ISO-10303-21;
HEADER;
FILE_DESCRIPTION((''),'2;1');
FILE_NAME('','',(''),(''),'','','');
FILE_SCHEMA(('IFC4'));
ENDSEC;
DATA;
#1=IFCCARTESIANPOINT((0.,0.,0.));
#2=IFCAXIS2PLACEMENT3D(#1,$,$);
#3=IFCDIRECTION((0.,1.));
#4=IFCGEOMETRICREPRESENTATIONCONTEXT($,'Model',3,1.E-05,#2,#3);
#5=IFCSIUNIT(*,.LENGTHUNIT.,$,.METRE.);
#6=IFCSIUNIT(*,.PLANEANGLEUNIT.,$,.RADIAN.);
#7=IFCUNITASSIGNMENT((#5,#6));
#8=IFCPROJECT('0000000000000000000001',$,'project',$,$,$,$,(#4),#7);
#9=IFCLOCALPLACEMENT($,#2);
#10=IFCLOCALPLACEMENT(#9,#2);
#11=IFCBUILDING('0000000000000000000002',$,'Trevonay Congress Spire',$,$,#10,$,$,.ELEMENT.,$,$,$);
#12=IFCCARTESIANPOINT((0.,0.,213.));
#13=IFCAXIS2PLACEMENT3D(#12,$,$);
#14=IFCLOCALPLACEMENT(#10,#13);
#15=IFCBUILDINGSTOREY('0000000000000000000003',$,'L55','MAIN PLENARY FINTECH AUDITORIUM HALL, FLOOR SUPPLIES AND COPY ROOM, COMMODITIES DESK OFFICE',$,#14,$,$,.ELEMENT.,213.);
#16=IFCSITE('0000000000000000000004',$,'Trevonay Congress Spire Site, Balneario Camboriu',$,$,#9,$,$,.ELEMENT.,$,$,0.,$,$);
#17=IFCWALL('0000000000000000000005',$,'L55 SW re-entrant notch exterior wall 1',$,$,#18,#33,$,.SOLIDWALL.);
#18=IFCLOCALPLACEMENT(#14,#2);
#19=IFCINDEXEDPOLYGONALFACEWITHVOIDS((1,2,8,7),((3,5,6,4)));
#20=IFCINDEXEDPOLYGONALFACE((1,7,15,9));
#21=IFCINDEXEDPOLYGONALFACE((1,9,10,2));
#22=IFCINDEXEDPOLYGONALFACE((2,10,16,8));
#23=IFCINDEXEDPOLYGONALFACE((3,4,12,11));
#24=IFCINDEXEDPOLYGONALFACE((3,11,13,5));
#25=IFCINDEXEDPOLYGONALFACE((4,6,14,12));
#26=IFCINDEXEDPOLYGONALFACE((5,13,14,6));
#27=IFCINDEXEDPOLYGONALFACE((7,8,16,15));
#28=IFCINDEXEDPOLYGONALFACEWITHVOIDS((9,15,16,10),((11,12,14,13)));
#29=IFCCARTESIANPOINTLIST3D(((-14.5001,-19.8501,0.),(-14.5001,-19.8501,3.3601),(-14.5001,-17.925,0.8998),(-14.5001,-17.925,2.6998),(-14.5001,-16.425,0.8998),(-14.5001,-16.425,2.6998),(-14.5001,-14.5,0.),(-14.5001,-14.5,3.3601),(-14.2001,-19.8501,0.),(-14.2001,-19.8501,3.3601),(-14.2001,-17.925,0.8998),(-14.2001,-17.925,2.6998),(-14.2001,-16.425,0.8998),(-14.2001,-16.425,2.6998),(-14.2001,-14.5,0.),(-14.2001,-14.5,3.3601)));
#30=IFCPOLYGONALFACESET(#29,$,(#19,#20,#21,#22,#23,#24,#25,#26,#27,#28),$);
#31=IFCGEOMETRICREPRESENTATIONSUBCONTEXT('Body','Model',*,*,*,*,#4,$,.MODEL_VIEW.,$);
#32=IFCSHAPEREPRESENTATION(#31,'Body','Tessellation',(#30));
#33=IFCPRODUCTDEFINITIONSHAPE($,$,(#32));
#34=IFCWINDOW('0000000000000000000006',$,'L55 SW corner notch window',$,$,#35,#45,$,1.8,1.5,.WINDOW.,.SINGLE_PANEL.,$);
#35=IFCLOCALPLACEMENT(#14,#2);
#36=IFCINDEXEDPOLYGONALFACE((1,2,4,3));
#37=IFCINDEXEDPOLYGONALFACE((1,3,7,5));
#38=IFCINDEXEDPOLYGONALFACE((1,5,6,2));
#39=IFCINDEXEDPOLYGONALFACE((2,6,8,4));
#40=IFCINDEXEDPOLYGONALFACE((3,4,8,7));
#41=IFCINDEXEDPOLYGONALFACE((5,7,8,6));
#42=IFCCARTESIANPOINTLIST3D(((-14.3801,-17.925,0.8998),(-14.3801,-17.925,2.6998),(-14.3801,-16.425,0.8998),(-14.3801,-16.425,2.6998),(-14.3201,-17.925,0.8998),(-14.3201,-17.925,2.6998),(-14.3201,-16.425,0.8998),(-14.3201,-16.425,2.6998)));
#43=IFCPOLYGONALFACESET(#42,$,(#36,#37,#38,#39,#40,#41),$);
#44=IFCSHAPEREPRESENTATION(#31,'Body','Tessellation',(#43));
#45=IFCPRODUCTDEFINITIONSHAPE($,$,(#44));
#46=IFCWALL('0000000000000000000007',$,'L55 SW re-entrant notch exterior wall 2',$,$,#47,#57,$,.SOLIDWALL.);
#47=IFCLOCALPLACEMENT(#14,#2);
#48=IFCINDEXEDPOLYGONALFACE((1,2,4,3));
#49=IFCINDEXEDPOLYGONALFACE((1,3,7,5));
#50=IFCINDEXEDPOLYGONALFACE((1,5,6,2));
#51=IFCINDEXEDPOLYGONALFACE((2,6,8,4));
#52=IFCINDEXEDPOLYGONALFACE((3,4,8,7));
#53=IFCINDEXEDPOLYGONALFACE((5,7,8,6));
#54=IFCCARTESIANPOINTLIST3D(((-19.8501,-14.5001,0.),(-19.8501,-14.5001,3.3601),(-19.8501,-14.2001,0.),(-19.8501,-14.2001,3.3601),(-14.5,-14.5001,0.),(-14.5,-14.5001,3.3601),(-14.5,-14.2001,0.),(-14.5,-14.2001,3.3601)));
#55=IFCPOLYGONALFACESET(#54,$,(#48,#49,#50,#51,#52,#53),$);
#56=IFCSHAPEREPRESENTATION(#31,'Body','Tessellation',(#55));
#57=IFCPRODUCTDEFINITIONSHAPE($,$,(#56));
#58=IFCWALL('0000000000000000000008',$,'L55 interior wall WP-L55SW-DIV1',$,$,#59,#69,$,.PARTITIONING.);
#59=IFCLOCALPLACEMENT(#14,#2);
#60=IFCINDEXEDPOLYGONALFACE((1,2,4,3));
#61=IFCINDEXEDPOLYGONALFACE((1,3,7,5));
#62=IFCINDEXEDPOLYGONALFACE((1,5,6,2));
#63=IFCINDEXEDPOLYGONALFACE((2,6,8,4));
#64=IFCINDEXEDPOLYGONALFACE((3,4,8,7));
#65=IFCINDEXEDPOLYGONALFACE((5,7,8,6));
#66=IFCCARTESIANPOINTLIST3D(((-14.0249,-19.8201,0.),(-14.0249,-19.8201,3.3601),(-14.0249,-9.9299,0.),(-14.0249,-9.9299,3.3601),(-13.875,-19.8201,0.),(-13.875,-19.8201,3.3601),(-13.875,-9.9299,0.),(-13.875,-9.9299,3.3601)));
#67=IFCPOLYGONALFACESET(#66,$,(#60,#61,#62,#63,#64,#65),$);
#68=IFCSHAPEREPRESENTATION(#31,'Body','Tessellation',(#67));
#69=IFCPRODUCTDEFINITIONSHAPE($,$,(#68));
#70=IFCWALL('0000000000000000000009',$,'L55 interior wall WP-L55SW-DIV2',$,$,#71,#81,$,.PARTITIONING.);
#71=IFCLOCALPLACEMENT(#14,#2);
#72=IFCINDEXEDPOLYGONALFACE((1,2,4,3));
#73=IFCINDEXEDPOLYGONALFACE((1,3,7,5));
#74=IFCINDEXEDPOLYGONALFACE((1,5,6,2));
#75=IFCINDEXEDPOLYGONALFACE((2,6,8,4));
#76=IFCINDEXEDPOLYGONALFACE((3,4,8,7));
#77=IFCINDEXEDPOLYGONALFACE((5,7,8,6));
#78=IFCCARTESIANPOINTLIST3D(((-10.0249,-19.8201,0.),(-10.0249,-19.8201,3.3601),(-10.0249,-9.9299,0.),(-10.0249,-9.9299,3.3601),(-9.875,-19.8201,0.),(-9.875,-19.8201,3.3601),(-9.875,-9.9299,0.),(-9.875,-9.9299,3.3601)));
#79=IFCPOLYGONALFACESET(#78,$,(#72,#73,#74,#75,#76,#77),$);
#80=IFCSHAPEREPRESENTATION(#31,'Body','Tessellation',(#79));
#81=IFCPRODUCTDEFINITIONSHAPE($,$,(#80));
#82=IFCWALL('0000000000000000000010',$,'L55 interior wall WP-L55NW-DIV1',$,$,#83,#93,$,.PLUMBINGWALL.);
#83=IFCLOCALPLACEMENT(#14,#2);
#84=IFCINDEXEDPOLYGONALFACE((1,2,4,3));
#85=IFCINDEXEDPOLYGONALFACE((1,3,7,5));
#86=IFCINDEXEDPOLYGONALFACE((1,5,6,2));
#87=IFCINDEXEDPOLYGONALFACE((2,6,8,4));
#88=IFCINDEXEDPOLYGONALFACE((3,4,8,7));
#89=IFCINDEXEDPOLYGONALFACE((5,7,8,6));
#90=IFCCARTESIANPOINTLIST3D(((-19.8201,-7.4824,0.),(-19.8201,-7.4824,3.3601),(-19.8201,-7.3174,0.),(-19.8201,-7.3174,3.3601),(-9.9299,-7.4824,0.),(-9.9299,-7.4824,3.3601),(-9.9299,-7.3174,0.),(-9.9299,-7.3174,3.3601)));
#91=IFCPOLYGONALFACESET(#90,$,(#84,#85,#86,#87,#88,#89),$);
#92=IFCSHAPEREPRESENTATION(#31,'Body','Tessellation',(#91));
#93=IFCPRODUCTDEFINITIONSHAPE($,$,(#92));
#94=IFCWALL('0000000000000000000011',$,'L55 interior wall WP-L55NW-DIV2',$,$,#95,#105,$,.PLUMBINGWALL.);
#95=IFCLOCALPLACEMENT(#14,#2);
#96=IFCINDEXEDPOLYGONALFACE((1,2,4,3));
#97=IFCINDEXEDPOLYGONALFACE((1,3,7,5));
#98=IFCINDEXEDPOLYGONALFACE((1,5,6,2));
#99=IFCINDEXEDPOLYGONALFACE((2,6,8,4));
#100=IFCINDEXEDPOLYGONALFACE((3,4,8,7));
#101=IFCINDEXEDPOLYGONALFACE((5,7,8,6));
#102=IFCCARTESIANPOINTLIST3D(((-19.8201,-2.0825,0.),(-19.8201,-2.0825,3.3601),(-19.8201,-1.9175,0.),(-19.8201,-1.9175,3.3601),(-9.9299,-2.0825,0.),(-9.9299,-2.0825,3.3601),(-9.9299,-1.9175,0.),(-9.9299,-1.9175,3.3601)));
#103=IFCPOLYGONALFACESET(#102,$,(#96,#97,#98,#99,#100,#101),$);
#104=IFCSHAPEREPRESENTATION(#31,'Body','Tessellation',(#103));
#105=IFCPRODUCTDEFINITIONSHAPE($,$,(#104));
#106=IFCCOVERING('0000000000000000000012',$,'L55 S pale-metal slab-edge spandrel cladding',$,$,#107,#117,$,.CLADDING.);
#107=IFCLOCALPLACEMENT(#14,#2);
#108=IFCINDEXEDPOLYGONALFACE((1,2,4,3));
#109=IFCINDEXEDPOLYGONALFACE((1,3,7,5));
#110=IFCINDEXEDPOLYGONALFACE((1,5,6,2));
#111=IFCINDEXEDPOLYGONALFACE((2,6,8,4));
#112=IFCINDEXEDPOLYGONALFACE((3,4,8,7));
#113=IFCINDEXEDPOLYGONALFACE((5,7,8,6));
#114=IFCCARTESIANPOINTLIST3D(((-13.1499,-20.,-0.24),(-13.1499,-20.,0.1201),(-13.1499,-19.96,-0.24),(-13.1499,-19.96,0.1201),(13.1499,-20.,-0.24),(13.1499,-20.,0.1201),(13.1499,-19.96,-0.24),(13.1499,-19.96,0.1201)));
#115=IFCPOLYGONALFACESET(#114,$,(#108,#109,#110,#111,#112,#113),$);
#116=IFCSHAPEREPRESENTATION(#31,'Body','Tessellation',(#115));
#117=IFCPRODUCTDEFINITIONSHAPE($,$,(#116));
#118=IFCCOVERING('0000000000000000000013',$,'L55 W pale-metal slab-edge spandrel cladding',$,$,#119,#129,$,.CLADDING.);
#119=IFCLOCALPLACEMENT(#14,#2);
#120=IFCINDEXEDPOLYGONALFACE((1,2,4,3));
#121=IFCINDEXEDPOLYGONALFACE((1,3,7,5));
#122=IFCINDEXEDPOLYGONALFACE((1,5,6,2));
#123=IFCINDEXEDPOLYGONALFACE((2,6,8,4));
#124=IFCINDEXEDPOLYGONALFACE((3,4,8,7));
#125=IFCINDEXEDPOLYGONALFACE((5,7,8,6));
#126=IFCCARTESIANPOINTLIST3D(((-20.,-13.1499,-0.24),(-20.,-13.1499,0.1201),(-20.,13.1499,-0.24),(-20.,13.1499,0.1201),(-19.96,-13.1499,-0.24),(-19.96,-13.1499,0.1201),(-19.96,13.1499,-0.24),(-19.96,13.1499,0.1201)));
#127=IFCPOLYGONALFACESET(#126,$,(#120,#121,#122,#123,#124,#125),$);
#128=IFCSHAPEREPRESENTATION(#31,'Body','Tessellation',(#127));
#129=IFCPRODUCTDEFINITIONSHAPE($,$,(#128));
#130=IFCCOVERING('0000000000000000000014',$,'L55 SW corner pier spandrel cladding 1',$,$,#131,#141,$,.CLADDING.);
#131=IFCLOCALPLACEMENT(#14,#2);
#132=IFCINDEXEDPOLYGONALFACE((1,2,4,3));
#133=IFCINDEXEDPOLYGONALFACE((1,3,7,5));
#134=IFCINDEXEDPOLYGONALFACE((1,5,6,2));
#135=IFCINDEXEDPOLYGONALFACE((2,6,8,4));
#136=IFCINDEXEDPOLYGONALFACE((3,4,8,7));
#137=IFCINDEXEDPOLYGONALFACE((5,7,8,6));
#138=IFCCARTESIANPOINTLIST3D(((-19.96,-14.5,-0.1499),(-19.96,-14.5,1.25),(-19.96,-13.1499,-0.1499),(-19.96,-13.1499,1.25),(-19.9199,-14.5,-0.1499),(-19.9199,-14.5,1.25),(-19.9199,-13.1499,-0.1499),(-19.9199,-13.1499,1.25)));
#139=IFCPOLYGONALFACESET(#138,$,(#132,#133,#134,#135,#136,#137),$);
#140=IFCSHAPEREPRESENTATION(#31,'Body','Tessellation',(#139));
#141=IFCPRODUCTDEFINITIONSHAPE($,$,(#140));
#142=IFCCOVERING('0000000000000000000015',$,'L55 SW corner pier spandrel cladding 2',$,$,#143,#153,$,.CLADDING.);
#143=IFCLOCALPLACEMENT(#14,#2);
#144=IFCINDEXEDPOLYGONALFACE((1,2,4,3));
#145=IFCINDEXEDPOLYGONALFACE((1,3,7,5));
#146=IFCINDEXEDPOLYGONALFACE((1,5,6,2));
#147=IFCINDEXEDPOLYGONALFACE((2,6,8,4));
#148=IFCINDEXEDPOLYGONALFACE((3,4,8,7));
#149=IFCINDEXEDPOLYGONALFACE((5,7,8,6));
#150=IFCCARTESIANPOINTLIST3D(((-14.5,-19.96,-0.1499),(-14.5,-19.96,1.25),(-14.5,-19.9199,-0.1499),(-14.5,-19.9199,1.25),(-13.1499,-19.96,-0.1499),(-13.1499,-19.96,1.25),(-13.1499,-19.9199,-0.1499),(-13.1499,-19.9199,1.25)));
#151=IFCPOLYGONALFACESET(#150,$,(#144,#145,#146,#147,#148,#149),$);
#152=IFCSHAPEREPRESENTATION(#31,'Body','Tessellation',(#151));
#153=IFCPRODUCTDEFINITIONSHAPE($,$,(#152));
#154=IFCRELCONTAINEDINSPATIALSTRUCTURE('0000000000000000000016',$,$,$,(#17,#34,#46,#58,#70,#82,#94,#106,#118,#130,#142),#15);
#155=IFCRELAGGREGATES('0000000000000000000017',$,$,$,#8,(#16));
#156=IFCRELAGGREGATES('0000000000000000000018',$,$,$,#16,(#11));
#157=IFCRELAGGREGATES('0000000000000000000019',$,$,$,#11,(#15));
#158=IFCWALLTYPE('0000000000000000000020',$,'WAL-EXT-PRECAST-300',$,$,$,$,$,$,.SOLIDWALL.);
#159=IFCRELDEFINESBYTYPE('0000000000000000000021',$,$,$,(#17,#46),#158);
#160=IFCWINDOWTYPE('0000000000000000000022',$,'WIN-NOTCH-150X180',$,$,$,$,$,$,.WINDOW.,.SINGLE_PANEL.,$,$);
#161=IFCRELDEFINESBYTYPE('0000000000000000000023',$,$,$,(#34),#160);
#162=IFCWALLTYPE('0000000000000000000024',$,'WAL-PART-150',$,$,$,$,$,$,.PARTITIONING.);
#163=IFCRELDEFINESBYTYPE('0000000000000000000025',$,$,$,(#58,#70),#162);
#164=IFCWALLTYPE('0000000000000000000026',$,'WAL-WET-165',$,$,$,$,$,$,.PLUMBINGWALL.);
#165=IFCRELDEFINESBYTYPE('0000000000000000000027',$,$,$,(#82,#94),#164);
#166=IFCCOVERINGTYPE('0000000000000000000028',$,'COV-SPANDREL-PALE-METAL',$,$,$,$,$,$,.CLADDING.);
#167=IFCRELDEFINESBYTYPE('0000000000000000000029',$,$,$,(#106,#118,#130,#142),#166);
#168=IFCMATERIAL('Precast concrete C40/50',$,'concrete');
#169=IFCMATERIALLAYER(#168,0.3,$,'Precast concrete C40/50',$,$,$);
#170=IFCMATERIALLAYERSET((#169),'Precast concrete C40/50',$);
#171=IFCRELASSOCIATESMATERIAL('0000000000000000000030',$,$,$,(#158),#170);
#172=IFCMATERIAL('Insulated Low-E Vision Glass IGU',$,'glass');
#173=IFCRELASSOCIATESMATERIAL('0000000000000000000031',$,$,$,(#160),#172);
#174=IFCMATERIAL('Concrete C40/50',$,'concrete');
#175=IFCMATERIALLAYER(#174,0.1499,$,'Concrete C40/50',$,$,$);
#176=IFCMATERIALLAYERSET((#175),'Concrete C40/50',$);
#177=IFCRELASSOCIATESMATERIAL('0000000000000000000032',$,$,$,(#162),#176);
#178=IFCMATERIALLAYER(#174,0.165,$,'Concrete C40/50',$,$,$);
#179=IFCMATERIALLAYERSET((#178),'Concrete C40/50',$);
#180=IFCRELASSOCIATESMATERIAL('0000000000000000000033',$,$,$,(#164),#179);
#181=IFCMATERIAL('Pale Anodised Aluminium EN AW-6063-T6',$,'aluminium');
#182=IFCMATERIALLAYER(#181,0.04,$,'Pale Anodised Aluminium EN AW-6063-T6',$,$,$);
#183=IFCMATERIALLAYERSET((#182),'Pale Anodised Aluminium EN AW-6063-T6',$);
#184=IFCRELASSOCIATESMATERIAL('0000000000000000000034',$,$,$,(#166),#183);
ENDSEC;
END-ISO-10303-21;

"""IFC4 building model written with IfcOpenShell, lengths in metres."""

from ifc_helpers import new_model, si_unit, direction, frame, frame_2d, origin, place, context, subcontext, project, spatial, rectangle, extrude, material, layer, layer_set, type_object, element, fill, save


model = new_model("IFC4")

# Units and contexts
model_context = context("Model", 3, precision=1e-05, world=origin(), true_north=direction((0.0, 1.0)))
body_context = subcontext(model_context, "Body", "Model", "MODEL_VIEW")
ifc_project = project(units=[si_unit("LENGTHUNIT", "METRE"), si_unit("PLANEANGLEUNIT", "RADIAN")], contexts=[model_context])

# Site, building, storey
site_placement = place(None, origin())
site = spatial("IfcSite", under=ifc_project, at=site_placement, Name="Trevonay Congress Spire Site, Balneario Camboriu", CompositionType="ELEMENT", RefElevation=0.0)
building_placement = place(site_placement, origin())
building = spatial("IfcBuilding", under=site, at=building_placement, Name="Trevonay Congress Spire", CompositionType="ELEMENT")
storey_placement = place(building_placement, frame((0.0, 0.0, 213.0)))
storey = spatial("IfcBuildingStorey", under=building, at=storey_placement, Name="L55", Description="MAIN PLENARY FINTECH AUDITORIUM HALL, FLOOR SUPPLIES AND COPY ROOM, COMMODITIES DESK OFFICE", CompositionType="ELEMENT", Elevation=213.0)

# Shared definitions
ifc_material_1 = material(Name="Pale Anodised Aluminium EN AW-6063-T6", Category="aluminium")

# Shared definitions
ifc_material_2 = material(Name="Insulated Low-E Vision Glass IGU", Category="glass")

# Shared definitions
ifc_material_3 = material(Name="Concrete C40/50", Category="concrete")

# Shared definitions
ifc_material_4 = material(Name="Precast concrete C40/50", Category="concrete")
ifc_layer_1 = layer(ifc_material_4, 0.3, Name="Precast concrete C40/50")
ifc_layer_set_1 = layer_set([ifc_layer_1], Name="Precast concrete C40/50")
wall_type_1 = type_object("IfcWallType", Name="WAL-EXT-PRECAST-300", PredefinedType="SOLIDWALL", material=ifc_layer_set_1)

# Wall, opening, window
wall_1_placement = place(storey_placement, frame((-14.3501, -19.8501, 0.0), z_axis=(0.0, 0.0, 1.0), x_axis=(0.0, 1.0, 0.0)))
wall_1 = element("IfcWall", 1, at=wall_1_placement, inside=storey, type_object=wall_type_1, Name="L55 SW re-entrant notch exterior wall 1", PredefinedType="SOLIDWALL", context=body_context, shape_type="SweptSolid", body=[
    extrude(rectangle(XDim=5.3501, YDim=0.3, at=frame_2d((2.675, 0.0))), origin(), (0.0, 0.0, 1.0), 3.3601),
])
opening_1_placement = place(wall_1_placement, frame((1.925, 0.0, 0.8999)))
opening_1 = element("IfcOpeningElement", 2, at=opening_1_placement, cuts=wall_1, PredefinedType="OPENING", context=body_context, shape_type="SweptSolid", body=[
    extrude(rectangle(XDim=1.5, YDim=1.8, at=frame_2d((0.75, 0.8999))), frame((0.0, 0.1602, 0.0), z_axis=(0.0, -1.0, 0.0), x_axis=(1.0, 0.0, 0.0)), (0.0, 0.0, 1.0), 0.3201),
])
window_type = type_object("IfcWindowType", Name="WIN-NOTCH-150X180", PartitioningType="SINGLE_PANEL", PredefinedType="WINDOW", material=ifc_material_2)
window_placement = place(opening_1_placement, origin())
window = element("IfcWindow", 3, at=window_placement, inside=storey, type_object=window_type, Name="L55 SW corner notch window", OverallHeight=1.8, OverallWidth=1.5, PartitioningType="SINGLE_PANEL", PredefinedType="WINDOW", context=body_context, shape_type="SweptSolid", body=[
    extrude(rectangle(XDim=1.5, YDim=1.8, at=frame_2d((0.75, 0.8999))), frame((0.0, 0.03, 0.0), z_axis=(0.0, -1.0, 0.0), x_axis=(1.0, 0.0, 0.0)), (0.0, 0.0, 1.0), 0.0601),
])
fill(opening_1, window)

# Walls
wall_2_placement = place(storey_placement, frame((-19.8501, -14.3501, 0.0), z_axis=(0.0, 0.0, 1.0), x_axis=(1.0, 0.0, 0.0)))
element("IfcWall", 4, at=wall_2_placement, inside=storey, type_object=wall_type_1, Name="L55 SW re-entrant notch exterior wall 2", PredefinedType="SOLIDWALL", context=body_context, shape_type="SweptSolid", body=[
    extrude(rectangle(XDim=5.3501, YDim=0.3, at=frame_2d((2.675, 0.0))), origin(), (0.0, 0.0, 1.0), 3.3601),
])
ifc_layer_2 = layer(ifc_material_3, 0.1499, Name="Concrete C40/50")
ifc_layer_set_2 = layer_set([ifc_layer_2], Name="Concrete C40/50")
wall_type_2 = type_object("IfcWallType", Name="WAL-PART-150", PredefinedType="PARTITIONING", material=ifc_layer_set_2)
for number, where, z_axis, x_axis, name in (
    (5, (-13.95, -19.8201, 0.0), (0.0, 0.0, 1.0), (0.0, 1.0, 0.0), "L55 interior wall WP-L55SW-DIV1"),
    (6, (-9.95, -19.8201, 0.0), (0.0, 0.0, 1.0), (0.0, 1.0, 0.0), "L55 interior wall WP-L55SW-DIV2"),
):
    element("IfcWall", number, at=place(storey_placement, frame(where, z_axis=z_axis, x_axis=x_axis)), inside=storey, type_object=wall_type_2, Name=name, PredefinedType="PARTITIONING", context=body_context, shape_type="SweptSolid", body=[
        extrude(rectangle(XDim=9.8901, YDim=0.1499, at=frame_2d((4.9451, 0.0))), origin(), (0.0, 0.0, 1.0), 3.3601),
    ])
ifc_layer_3 = layer(ifc_material_3, 0.165, Name="Concrete C40/50")
ifc_layer_set_3 = layer_set([ifc_layer_3], Name="Concrete C40/50")
wall_type_3 = type_object("IfcWallType", Name="WAL-WET-165", PredefinedType="PLUMBINGWALL", material=ifc_layer_set_3)
for number, where, z_axis, x_axis, name in (
    (7, (-19.8201, -7.3999, 0.0), (0.0, 0.0, 1.0), (1.0, 0.0, 0.0), "L55 interior wall WP-L55NW-DIV1"),
    (8, (-19.8201, -2.0, 0.0), (0.0, 0.0, 1.0), (1.0, 0.0, 0.0), "L55 interior wall WP-L55NW-DIV2"),
):
    element("IfcWall", number, at=place(storey_placement, frame(where, z_axis=z_axis, x_axis=x_axis)), inside=storey, type_object=wall_type_3, Name=name, PredefinedType="PLUMBINGWALL", context=body_context, shape_type="SweptSolid", body=[
        extrude(rectangle(XDim=9.8901, YDim=0.165, at=frame_2d((4.9451, 0.0))), origin(), (0.0, 0.0, 1.0), 3.3601),
    ])

# Coverings
ifc_layer_4 = layer(ifc_material_1, 0.04, Name="Pale Anodised Aluminium EN AW-6063-T6")
ifc_layer_set_4 = layer_set([ifc_layer_4], Name="Pale Anodised Aluminium EN AW-6063-T6")
covering_type = type_object("IfcCoveringType", Name="COV-SPANDREL-PALE-METAL", PredefinedType="CLADDING", material=ifc_layer_set_4)
for number, where, z_axis, x_axis, name in (
    (9, (-13.1499, -19.98, -0.24), (0.0, 0.0, 1.0), (1.0, 0.0, 0.0), "L55 S pale-metal slab-edge spandrel cladding"),
    (10, (-19.98, -13.1499, -0.24), (0.0, 0.0, 1.0), (0.0, 1.0, 0.0), "L55 W pale-metal slab-edge spandrel cladding"),
):
    element("IfcCovering", number, at=place(storey_placement, frame(where, z_axis=z_axis, x_axis=x_axis)), inside=storey, type_object=covering_type, Name=name, PredefinedType="CLADDING", context=body_context, shape_type="SweptSolid", body=[
        extrude(rectangle(XDim=26.2998, YDim=0.04, at=frame_2d((13.1499, 0.0))), origin(), (0.0, 0.0, 1.0), 0.3601),
    ])
for number, where, z_axis, x_axis, name in (
    (11, (-19.9399, -13.1499, -0.1499), (0.0, 0.0, 1.0), (0.0, -1.0, 0.0), "L55 SW corner pier spandrel cladding 1"),
    (12, (-13.1499, -19.9399, -0.1499), (0.0, 0.0, 1.0), (-1.0, 0.0, 0.0), "L55 SW corner pier spandrel cladding 2"),
):
    element("IfcCovering", number, at=place(storey_placement, frame(where, z_axis=z_axis, x_axis=x_axis)), inside=storey, type_object=covering_type, Name=name, PredefinedType="CLADDING", context=body_context, shape_type="SweptSolid", body=[
        extrude(rectangle(XDim=1.3501, YDim=0.04, at=frame_2d((0.675, 0.0))), origin(), (0.0, 0.0, 1.0), 1.3999),
    ])

save(model, "model.ifc")
